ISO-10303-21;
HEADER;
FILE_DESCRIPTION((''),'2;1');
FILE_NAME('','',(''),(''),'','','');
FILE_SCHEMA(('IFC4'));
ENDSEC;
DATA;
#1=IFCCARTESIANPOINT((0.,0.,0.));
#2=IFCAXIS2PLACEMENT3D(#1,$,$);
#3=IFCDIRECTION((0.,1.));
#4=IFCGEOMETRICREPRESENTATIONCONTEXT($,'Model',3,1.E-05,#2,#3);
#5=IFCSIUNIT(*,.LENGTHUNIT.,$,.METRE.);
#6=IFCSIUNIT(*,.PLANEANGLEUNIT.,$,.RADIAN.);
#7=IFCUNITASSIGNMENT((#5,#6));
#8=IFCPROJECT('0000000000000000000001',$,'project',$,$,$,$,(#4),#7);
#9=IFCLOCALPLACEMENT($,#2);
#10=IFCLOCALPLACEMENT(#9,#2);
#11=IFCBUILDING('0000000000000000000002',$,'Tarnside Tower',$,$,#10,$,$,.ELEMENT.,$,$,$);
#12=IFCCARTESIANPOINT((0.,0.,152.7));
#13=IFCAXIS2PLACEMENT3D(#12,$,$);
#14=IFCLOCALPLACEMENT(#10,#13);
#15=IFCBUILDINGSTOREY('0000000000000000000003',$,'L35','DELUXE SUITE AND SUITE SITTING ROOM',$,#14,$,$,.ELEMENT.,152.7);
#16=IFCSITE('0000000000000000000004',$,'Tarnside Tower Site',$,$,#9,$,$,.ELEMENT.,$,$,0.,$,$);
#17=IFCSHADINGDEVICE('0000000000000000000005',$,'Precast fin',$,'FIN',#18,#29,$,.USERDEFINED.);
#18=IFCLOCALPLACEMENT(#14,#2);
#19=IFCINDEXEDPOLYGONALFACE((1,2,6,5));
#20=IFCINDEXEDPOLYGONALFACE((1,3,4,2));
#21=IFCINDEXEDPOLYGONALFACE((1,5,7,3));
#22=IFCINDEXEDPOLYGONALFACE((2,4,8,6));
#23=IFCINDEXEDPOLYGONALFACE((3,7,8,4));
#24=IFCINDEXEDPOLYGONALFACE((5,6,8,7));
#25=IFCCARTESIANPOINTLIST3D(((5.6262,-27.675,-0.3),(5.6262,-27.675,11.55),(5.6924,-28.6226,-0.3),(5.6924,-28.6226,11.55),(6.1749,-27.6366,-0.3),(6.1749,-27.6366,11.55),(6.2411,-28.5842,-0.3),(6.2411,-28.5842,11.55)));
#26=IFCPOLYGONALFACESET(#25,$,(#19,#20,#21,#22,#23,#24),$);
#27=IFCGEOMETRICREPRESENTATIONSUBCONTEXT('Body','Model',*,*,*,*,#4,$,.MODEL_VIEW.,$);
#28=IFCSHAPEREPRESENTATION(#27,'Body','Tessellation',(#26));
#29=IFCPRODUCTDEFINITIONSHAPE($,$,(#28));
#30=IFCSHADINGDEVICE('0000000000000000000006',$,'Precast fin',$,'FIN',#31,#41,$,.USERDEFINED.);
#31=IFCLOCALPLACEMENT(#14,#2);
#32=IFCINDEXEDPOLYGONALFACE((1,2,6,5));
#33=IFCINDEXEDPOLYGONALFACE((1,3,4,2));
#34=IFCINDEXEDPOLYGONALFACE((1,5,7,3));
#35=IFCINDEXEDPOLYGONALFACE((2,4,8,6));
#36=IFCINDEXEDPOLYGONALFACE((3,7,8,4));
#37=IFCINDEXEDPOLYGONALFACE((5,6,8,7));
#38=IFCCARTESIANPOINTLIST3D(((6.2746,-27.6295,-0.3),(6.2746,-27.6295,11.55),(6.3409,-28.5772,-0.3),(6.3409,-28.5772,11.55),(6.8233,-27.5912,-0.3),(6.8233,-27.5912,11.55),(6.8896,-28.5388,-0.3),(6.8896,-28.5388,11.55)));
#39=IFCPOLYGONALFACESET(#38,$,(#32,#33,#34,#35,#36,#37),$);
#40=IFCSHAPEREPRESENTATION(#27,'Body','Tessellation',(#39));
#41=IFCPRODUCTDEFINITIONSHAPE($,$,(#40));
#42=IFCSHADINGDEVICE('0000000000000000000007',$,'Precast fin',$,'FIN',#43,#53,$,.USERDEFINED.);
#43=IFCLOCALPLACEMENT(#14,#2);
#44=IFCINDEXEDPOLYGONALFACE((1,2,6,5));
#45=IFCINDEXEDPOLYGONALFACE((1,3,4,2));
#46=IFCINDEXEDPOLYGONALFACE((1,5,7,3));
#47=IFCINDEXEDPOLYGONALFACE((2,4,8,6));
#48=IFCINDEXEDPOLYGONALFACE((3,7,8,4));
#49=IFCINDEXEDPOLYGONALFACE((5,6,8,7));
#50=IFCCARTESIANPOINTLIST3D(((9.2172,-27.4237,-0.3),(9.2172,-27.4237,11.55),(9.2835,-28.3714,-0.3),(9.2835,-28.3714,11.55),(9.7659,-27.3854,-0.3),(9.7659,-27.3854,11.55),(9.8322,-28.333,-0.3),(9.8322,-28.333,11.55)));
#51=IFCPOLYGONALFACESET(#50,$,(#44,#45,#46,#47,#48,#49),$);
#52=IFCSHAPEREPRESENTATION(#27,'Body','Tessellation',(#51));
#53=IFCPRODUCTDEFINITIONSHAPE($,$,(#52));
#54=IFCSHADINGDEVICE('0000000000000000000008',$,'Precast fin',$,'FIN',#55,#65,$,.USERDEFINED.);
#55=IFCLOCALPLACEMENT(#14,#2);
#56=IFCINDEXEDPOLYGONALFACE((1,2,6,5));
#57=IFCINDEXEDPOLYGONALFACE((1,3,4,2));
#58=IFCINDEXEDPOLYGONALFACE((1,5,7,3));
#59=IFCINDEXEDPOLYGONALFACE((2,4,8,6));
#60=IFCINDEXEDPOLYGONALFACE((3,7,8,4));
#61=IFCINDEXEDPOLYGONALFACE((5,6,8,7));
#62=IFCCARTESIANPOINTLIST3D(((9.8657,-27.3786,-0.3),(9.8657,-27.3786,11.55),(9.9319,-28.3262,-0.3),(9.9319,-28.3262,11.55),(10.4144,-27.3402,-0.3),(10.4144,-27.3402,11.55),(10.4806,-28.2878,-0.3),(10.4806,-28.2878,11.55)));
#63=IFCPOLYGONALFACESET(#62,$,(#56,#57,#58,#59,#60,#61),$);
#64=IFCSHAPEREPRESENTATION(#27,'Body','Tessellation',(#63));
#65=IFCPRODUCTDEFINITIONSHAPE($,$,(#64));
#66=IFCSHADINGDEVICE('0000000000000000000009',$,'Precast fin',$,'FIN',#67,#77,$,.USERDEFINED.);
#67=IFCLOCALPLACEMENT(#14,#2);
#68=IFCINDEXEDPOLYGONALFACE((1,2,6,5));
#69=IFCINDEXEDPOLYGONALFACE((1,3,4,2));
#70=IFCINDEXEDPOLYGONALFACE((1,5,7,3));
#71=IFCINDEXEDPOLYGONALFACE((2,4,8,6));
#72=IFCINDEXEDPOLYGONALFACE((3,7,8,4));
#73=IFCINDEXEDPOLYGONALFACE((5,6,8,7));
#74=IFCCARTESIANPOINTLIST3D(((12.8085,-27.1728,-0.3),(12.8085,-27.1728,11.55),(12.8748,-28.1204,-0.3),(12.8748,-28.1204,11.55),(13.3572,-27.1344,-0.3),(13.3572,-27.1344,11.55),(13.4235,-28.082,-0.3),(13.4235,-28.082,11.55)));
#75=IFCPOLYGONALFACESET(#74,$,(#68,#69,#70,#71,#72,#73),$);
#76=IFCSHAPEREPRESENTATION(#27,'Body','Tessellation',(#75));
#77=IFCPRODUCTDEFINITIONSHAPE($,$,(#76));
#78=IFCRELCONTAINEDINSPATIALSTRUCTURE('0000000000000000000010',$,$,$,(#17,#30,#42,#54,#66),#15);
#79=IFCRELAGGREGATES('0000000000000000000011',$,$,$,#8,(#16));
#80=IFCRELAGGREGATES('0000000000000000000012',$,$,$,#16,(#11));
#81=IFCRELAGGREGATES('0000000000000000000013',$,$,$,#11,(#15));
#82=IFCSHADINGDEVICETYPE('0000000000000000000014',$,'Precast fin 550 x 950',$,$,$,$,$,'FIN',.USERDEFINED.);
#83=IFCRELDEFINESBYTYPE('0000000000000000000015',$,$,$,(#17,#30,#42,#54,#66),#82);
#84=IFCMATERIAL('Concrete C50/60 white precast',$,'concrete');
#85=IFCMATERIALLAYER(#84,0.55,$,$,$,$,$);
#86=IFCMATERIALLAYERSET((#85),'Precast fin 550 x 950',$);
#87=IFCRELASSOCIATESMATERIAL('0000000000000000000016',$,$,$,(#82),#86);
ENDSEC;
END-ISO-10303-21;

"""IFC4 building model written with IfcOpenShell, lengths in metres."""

from ifc_helpers import new_model, si_unit, direction, frame, origin, place, context, subcontext, project, spatial, polyline, outline, extrude, material, layer, layer_set, type_object, element, save


model = new_model("IFC4")

# Units and contexts
model_context = context("Model", 3, precision=1e-05, world=origin(), true_north=direction((0.0, 1.0)))
body_context = subcontext(model_context, "Body", "Model", "MODEL_VIEW")
ifc_project = project(units=[si_unit("LENGTHUNIT", "METRE"), si_unit("PLANEANGLEUNIT", "RADIAN")], contexts=[model_context])

# Site, building, storey
site_placement = place(None, origin())
site = spatial("IfcSite", under=ifc_project, at=site_placement, Name="Tarnside Tower Site", CompositionType="ELEMENT", RefElevation=0.0)
building_placement = place(site_placement, origin())
building = spatial("IfcBuilding", under=site, at=building_placement, Name="Tarnside Tower", CompositionType="ELEMENT")
storey_placement = place(building_placement, frame((0.0, 0.0, 152.7)))
storey = spatial("IfcBuildingStorey", under=building, at=storey_placement, Name="L35", Description="DELUXE SUITE AND SUITE SITTING ROOM", CompositionType="ELEMENT", Elevation=152.7)

# Shading devices
ifc_material_1 = material(Name="Concrete C50/60 white precast", Category="concrete")
ifc_layer_1 = layer(ifc_material_1, 0.55)
ifc_layer_set_1 = layer_set([ifc_layer_1], Name="Precast fin 550 x 950")
shading_device_type = type_object("IfcShadingDeviceType", Name="Precast fin 550 x 950", ElementType="FIN", PredefinedType="USERDEFINED", material=ifc_layer_set_1)
for number, where, z_axis, x_axis, name in (
    (1, (5.9006, -27.6558, -0.3), (-0.997564, -0.069756, 0.0), (0.069756, -0.997564, 0.0), "Precast fin"),
    (2, (6.5491, -27.6104, -0.3), (-0.997564, -0.069756, 0.0), (0.069756, -0.997564, 0.0), "Precast fin"),
    (3, (9.4917, -27.4045, -0.3), (-0.997564, -0.069756, 0.0), (0.069756, -0.997564, 0.0), "Precast fin"),
    (4, (10.1401, -27.3594, -0.3), (-0.997564, -0.069756, 0.0), (0.069756, -0.997564, 0.0), "Precast fin"),
    (5, (13.083, -27.1536, -0.3), (-0.997564, -0.069756, 0.0), (0.069756, -0.997564, 0.0), "Precast fin"),
):
    element("IfcShadingDevice", number, at=place(storey_placement, frame(where, z_axis=z_axis, x_axis=x_axis)), inside=storey, type_object=shading_device_type, Name=name, ObjectType="FIN", PredefinedType="USERDEFINED", context=body_context, shape_type="SweptSolid", body=[
        extrude(outline(polyline([(0.0, 0.0), (0.95, 0.0), (0.95, 11.8501), (0.0, 11.8501), (0.0, 0.0)])), frame((0.0, 0.0, -0.2749)), (0.0, 0.0, 1.0), 0.55),
    ])

save(model, "model.ifc")
